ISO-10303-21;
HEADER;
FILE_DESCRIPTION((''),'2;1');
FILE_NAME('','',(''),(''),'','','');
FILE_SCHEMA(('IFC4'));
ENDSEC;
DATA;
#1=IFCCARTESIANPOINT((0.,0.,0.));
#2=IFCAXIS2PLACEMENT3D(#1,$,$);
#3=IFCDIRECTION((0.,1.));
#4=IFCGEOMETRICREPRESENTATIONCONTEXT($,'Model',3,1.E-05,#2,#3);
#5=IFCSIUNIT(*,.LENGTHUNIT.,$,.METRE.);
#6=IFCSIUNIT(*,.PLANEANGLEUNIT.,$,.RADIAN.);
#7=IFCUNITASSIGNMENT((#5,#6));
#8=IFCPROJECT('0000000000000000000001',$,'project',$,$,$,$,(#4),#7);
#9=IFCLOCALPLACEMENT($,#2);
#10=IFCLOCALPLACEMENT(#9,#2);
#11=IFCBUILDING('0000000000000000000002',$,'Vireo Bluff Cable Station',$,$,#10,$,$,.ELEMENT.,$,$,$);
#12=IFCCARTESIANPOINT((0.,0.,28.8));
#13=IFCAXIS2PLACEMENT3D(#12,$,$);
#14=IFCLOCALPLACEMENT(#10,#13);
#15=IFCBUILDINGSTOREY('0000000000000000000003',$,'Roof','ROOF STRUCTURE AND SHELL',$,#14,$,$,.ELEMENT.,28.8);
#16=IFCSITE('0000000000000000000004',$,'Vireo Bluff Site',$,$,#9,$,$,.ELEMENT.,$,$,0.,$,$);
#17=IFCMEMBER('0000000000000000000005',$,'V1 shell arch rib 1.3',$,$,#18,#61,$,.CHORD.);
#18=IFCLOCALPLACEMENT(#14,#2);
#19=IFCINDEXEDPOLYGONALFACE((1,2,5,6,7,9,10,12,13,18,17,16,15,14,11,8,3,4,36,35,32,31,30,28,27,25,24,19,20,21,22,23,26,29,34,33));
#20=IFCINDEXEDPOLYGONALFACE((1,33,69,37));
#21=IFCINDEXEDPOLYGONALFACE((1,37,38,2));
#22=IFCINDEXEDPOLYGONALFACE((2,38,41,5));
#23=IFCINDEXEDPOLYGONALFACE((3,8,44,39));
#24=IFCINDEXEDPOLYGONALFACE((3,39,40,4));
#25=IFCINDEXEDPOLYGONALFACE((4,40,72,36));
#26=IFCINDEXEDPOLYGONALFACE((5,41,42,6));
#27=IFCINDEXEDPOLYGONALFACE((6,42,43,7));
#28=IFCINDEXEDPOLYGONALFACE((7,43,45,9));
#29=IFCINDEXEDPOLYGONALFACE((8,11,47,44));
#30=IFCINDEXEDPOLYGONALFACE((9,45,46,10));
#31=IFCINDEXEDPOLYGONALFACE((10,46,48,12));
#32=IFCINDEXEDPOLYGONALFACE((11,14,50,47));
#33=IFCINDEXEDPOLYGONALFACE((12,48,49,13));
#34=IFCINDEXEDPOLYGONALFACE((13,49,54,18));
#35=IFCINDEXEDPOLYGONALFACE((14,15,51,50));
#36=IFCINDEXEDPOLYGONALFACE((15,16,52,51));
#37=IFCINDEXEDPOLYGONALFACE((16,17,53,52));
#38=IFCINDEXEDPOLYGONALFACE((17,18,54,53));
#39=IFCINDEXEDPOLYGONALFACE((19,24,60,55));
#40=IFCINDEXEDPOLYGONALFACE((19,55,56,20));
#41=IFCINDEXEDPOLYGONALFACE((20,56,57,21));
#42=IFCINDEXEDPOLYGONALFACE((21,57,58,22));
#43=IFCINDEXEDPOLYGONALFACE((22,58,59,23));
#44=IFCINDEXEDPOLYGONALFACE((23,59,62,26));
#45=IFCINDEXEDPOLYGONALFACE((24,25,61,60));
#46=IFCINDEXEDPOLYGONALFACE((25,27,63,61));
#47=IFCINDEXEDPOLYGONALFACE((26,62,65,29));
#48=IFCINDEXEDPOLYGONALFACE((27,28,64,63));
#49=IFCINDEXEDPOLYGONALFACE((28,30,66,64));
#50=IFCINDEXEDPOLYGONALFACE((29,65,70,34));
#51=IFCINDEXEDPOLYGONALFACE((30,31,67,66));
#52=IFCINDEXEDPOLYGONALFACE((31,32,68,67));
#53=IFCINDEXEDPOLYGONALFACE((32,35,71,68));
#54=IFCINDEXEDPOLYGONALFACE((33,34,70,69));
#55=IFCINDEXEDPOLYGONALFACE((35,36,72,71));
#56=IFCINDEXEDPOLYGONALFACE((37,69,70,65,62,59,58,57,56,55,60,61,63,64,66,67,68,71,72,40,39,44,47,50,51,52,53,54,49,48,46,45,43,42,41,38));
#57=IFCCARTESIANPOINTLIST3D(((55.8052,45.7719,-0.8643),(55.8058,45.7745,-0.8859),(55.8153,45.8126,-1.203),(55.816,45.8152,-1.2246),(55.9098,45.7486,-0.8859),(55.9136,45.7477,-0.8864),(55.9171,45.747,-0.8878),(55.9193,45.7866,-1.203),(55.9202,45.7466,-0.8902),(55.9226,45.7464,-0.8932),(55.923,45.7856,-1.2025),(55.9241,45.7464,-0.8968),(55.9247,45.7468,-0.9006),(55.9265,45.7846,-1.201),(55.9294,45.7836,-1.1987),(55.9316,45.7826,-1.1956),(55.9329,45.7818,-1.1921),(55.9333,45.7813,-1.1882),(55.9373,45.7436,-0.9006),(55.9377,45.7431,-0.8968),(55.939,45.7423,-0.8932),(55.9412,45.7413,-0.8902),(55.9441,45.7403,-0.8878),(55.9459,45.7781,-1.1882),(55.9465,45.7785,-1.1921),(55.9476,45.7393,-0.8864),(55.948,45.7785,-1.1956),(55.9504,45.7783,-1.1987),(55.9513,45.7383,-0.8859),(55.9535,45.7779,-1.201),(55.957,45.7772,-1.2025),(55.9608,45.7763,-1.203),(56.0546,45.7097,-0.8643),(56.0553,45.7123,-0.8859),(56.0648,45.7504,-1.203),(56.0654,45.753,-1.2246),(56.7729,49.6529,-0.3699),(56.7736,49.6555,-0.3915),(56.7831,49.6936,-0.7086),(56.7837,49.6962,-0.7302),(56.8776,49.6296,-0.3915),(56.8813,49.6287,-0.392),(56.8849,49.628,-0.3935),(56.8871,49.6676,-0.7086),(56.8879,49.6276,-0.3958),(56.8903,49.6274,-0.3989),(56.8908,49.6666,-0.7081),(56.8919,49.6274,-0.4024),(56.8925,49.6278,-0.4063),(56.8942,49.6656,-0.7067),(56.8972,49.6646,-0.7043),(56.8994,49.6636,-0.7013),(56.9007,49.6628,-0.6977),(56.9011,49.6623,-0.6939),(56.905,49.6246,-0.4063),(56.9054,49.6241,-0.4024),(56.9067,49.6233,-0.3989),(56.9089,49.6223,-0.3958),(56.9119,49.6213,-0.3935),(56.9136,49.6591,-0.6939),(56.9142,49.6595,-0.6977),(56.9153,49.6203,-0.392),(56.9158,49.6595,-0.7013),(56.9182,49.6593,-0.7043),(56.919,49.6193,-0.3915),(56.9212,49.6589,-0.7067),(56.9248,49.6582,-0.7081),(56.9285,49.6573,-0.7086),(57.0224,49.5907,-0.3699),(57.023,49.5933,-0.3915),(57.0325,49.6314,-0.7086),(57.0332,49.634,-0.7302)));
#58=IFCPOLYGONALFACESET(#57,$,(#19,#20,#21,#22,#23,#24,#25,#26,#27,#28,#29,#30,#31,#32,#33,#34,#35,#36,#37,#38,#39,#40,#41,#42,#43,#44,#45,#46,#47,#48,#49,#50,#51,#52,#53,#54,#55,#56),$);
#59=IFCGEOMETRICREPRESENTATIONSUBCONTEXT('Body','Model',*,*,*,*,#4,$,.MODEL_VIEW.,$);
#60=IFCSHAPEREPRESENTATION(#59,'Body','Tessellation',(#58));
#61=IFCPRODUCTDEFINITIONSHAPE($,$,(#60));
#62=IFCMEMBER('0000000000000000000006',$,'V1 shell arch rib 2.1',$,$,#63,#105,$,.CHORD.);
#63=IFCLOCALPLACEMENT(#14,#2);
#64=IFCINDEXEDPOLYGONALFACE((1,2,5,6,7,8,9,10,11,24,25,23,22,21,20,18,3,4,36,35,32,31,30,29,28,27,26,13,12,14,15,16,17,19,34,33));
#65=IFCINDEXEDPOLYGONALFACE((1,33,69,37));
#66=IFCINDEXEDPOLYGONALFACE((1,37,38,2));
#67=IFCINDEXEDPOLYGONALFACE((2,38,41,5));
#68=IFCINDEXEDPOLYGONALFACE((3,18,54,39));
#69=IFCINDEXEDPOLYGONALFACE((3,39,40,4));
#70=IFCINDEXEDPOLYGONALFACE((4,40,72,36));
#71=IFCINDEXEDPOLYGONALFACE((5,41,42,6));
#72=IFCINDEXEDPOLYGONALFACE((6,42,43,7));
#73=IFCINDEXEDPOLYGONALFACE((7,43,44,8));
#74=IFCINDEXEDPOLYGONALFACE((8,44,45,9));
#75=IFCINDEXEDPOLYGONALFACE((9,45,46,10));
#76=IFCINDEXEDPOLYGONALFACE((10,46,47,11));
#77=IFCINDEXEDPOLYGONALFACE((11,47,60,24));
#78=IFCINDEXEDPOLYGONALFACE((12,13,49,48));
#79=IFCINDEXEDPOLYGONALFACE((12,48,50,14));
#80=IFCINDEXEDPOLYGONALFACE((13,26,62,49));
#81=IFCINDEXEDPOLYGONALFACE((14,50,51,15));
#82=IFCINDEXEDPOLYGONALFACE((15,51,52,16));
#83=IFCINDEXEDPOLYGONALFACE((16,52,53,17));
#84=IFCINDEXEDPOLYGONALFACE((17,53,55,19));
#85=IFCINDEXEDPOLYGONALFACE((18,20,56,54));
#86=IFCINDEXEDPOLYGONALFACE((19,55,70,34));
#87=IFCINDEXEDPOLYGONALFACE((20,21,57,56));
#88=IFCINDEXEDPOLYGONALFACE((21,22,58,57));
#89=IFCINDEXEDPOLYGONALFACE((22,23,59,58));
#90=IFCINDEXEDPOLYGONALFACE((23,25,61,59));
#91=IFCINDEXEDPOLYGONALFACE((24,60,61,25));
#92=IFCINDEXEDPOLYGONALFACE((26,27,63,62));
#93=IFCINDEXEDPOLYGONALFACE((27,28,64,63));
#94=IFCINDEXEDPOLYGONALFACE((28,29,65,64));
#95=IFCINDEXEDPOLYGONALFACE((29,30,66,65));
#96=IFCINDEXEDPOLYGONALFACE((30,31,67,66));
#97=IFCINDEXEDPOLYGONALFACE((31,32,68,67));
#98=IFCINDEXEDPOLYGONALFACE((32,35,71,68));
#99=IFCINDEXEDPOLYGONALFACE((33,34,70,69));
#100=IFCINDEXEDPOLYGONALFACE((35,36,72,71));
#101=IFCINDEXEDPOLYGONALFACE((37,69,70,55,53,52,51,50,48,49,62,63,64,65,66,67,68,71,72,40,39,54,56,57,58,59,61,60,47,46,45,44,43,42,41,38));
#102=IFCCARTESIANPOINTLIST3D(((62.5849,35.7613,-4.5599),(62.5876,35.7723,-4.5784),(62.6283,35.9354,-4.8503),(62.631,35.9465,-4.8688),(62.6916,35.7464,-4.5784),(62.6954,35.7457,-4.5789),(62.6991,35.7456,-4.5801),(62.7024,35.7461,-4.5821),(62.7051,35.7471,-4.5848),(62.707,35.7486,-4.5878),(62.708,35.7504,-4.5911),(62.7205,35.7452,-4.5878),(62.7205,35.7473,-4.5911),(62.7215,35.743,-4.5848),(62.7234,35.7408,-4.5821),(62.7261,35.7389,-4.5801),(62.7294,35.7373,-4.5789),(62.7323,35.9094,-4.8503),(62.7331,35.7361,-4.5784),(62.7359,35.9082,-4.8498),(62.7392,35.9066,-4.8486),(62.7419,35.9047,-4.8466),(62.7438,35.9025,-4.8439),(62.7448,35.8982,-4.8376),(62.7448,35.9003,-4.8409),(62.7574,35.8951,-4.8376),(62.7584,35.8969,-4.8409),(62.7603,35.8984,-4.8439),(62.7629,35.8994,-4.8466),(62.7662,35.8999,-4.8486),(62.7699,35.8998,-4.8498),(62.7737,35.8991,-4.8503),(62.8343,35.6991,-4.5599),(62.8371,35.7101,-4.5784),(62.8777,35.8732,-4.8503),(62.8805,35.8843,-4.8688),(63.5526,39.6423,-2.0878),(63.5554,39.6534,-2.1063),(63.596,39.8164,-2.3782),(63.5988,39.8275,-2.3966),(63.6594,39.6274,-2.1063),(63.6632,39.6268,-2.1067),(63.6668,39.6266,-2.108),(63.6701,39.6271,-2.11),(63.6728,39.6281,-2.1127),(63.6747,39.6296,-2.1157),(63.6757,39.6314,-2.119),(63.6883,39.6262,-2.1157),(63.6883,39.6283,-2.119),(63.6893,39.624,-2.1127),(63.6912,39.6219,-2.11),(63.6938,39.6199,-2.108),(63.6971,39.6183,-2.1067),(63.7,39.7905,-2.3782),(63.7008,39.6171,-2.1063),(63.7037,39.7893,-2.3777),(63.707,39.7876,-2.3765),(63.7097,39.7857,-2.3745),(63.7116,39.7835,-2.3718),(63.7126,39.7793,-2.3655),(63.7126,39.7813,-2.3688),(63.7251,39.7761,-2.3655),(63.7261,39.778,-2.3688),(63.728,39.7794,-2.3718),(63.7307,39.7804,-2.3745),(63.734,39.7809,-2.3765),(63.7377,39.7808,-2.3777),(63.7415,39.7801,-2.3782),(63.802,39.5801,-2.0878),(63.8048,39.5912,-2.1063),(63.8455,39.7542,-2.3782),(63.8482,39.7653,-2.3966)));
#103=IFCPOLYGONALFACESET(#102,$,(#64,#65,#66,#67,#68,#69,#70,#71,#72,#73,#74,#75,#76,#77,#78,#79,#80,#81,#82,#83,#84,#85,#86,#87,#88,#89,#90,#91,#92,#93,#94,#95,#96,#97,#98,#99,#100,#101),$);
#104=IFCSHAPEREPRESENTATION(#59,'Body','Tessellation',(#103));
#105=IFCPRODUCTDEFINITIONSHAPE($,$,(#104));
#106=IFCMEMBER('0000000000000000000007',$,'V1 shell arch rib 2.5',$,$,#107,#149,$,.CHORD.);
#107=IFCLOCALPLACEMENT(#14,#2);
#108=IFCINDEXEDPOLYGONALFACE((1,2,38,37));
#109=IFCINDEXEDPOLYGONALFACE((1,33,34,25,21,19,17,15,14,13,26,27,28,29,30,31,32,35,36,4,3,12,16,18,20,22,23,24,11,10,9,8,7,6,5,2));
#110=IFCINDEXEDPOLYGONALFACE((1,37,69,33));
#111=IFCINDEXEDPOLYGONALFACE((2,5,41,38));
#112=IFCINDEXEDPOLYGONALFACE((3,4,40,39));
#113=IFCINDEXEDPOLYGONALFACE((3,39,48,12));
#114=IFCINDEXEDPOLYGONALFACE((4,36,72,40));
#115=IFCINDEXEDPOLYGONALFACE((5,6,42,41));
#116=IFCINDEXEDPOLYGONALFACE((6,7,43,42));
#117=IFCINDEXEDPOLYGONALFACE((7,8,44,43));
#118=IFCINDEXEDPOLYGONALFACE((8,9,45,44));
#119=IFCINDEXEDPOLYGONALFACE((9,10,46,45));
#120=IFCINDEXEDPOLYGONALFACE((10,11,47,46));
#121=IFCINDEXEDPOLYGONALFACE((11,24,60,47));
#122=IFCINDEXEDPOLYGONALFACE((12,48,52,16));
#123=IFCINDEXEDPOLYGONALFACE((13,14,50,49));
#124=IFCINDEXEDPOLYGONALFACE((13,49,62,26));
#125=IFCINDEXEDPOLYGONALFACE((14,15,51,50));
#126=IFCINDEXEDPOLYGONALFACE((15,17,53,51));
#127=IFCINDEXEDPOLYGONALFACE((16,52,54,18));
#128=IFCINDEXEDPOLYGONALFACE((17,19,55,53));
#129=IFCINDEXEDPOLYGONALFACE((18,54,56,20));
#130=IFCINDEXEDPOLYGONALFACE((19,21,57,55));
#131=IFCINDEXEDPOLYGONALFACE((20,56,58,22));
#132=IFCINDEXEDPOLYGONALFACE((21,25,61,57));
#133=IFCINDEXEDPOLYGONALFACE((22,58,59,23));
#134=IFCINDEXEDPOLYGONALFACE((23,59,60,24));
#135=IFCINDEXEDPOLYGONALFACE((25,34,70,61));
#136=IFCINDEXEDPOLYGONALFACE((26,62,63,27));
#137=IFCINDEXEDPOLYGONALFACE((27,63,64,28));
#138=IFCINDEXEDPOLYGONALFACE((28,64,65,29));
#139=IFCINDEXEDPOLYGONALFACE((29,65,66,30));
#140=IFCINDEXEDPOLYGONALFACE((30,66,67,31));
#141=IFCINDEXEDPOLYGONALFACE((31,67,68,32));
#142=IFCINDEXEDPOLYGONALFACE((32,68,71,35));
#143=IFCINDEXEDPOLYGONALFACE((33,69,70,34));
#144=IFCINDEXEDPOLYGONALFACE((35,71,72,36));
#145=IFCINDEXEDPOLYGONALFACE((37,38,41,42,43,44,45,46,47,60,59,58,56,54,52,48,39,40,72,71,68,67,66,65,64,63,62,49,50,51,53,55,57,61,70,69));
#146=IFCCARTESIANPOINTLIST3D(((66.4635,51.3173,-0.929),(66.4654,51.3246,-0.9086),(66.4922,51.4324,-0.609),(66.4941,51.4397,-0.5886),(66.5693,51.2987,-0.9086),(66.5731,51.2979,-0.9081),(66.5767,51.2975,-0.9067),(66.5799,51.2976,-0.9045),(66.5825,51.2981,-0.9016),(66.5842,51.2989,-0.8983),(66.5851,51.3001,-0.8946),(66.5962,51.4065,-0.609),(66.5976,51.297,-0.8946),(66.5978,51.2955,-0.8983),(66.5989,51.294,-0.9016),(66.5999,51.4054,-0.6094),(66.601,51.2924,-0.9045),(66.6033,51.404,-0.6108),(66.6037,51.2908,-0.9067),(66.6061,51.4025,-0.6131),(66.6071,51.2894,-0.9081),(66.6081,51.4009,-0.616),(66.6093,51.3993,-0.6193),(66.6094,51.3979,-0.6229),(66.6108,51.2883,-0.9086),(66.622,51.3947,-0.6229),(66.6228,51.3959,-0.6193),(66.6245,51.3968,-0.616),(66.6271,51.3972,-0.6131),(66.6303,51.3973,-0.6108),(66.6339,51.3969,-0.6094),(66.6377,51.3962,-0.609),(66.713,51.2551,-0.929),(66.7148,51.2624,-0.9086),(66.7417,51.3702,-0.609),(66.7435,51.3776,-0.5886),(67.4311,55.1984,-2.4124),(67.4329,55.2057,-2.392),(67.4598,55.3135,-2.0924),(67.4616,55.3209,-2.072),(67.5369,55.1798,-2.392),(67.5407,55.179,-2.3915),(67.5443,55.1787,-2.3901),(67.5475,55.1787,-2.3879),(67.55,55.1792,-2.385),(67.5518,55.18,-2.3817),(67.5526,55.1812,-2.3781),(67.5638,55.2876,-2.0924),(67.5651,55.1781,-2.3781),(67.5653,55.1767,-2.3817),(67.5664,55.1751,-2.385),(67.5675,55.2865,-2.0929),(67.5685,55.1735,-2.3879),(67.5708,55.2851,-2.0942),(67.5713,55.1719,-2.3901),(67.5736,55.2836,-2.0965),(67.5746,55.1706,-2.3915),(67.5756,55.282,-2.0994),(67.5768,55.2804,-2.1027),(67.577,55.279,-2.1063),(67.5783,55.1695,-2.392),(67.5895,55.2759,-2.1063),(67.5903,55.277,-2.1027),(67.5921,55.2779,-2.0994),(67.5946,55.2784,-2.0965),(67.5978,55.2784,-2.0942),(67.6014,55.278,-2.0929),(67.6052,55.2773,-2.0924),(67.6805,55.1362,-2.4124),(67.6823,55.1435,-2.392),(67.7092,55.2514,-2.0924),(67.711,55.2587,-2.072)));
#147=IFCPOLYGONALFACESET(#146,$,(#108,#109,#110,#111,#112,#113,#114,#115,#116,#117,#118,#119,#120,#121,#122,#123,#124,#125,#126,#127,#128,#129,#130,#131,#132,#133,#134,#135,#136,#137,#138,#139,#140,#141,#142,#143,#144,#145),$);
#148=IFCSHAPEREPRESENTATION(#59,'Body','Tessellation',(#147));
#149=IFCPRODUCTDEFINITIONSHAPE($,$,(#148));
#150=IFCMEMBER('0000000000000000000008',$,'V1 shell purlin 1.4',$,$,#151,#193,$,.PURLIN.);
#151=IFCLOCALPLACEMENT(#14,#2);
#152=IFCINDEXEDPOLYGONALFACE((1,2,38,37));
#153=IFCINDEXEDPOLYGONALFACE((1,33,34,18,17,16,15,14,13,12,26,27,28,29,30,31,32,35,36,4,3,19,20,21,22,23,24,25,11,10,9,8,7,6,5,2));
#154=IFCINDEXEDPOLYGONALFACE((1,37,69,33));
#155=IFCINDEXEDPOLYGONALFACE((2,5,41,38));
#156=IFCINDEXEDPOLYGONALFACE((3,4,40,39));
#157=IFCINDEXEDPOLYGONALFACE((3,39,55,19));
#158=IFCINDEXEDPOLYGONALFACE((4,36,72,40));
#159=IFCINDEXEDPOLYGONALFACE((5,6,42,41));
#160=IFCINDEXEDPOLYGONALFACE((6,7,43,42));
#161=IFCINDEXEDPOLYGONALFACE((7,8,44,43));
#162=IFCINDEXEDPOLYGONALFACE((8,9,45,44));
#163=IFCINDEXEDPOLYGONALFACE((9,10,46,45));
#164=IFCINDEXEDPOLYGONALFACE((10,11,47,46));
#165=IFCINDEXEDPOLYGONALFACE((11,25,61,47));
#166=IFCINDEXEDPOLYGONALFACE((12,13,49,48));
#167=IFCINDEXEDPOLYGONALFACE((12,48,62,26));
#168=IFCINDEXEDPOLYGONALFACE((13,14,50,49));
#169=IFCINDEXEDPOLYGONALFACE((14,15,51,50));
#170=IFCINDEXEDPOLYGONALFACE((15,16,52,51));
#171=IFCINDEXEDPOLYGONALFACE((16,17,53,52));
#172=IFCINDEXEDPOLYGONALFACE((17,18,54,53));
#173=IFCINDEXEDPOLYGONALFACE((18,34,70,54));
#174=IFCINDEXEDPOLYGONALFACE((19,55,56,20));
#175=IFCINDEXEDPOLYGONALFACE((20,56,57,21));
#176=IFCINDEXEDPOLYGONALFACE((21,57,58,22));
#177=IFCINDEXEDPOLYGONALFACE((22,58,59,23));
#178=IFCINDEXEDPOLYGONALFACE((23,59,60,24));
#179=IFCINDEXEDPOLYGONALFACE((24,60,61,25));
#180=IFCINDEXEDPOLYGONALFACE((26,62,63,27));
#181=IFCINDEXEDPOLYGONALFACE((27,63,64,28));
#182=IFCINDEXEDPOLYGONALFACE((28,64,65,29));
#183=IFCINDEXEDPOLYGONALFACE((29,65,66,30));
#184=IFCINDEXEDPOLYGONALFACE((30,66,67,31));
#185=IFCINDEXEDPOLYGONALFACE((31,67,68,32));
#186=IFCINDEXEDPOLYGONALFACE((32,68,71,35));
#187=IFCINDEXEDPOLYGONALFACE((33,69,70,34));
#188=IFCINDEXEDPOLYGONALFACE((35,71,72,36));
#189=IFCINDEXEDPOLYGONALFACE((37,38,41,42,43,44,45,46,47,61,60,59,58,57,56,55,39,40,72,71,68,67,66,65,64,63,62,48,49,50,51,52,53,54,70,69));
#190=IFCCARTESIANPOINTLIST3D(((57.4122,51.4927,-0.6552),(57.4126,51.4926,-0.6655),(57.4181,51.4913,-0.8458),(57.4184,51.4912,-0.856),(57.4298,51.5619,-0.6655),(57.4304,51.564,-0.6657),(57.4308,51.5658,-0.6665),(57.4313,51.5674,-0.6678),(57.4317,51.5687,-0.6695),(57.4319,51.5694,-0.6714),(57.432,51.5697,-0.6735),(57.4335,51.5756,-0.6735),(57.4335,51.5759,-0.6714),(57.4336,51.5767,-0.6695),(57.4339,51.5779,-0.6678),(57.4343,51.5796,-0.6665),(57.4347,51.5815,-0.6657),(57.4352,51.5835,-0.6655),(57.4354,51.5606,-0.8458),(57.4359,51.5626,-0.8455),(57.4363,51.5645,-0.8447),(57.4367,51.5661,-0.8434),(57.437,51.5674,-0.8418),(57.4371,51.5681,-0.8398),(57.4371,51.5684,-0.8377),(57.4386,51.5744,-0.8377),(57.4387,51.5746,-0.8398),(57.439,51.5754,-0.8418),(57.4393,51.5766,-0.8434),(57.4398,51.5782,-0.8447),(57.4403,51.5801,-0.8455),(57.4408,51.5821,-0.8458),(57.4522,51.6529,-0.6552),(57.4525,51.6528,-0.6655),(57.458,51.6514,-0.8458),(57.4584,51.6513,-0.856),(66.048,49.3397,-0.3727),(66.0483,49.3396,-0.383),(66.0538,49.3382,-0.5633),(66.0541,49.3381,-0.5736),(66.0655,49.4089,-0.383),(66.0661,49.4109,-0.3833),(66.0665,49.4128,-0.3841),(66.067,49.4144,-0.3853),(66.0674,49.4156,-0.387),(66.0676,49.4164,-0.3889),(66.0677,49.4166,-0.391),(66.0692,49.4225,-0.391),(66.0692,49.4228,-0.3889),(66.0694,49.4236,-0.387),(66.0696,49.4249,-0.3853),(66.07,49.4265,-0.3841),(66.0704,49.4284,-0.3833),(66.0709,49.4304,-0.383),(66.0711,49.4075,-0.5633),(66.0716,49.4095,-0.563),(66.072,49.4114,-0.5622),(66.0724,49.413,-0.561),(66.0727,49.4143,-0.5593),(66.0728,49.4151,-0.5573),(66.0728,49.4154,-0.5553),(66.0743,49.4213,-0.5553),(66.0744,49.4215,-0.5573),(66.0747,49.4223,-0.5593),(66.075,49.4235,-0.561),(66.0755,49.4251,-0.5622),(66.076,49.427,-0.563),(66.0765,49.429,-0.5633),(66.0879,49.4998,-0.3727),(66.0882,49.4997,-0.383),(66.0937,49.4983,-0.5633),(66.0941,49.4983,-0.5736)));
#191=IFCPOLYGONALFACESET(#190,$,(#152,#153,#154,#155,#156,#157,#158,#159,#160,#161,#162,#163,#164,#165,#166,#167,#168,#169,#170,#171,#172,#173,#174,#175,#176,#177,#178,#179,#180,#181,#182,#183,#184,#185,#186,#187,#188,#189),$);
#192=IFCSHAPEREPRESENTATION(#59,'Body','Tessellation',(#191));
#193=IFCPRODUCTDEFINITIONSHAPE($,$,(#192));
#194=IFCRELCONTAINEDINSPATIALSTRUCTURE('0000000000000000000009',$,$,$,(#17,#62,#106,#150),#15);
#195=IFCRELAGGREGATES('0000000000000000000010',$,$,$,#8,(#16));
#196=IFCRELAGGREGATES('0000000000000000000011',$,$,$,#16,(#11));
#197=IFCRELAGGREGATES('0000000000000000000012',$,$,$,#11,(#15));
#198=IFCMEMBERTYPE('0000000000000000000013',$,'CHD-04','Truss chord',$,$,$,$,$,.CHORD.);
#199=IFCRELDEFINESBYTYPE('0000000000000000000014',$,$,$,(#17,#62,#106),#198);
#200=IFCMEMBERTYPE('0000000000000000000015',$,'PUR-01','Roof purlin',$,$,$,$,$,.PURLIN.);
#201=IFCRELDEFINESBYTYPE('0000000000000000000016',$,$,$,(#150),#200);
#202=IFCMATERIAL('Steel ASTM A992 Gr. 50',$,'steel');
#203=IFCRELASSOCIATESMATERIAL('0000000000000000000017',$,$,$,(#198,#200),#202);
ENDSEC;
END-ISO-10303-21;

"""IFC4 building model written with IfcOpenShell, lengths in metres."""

from ifc_helpers import new_model, si_unit, direction, frame, origin, origin_2d, place, context, subcontext, project, spatial, i_section, extrude, material, material_profile, profile_set, type_object, element, save


model = new_model("IFC4")

# Units and contexts
model_context = context("Model", 3, precision=1e-05, world=origin(), true_north=direction((0.0, 1.0)))
body_context = subcontext(model_context, "Body", "Model", "MODEL_VIEW")
ifc_project = project(units=[si_unit("LENGTHUNIT", "METRE"), si_unit("PLANEANGLEUNIT", "RADIAN")], contexts=[model_context])

# Site, building, storey
site_placement = place(None, origin())
site = spatial("IfcSite", under=ifc_project, at=site_placement, Name="Vireo Bluff Site", CompositionType="ELEMENT", RefElevation=0.0)
building_placement = place(site_placement, origin())
building = spatial("IfcBuilding", under=site, at=building_placement, Name="Vireo Bluff Cable Station", CompositionType="ELEMENT")
storey_placement = place(building_placement, frame((0.0, 0.0, 28.8)))
storey = spatial("IfcBuildingStorey", under=building, at=storey_placement, Name="Roof", Description="ROOF STRUCTURE AND SHELL", CompositionType="ELEMENT", Elevation=28.8)

# Members
ifc_material_1 = material(Name="Steel ASTM A992 Gr. 50", Category="steel")
ifc_material_profile_1 = material_profile(ifc_material_1, i_section(OverallWidth=0.2571, OverallDepth=0.363, WebThickness=0.0129, FlangeThickness=0.0217, FilletRadius=0.0149, at=origin_2d()), Name="W14X82")
ifc_profile_set_1 = profile_set([ifc_material_profile_1], Name="Steel ASTM A992 Gr. 50")
member_type_1 = type_object("IfcMemberType", Name="CHD-04", Description="Truss chord", PredefinedType="CHORD", material=ifc_profile_set_1)
member_1_placement = place(storey_placement, frame((55.9353, 45.7625, -1.0444), z_axis=(0.24012, 0.962962, 0.122665), x_axis=(-0.97029, 0.241947, 0.0)))
element("IfcMember", 1, at=member_1_placement, inside=storey, type_object=member_type_1, Name="V1 shell arch rib 1.3", PredefinedType="CHORD", context=body_context, shape_type="SweptSolid", body=[
    extrude(i_section(OverallWidth=0.2571, OverallDepth=0.363, WebThickness=0.0129, FlangeThickness=0.0217, FilletRadius=0.0149, at=origin_2d()), origin(), (0.0, 0.0, 1.0), 4.0303),
])
member_2_placement = place(storey_placement, frame((62.7327, 35.8228, -4.7144), z_axis=(0.205811, 0.825371, 0.525741), x_axis=(-0.97029, 0.241947, 0.0)))
element("IfcMember", 2, at=member_2_placement, inside=storey, type_object=member_type_1, Name="V1 shell arch rib 2.1", PredefinedType="CHORD", context=body_context, shape_type="SweptSolid", body=[
    extrude(i_section(OverallWidth=0.2571, OverallDepth=0.363, WebThickness=0.0129, FlangeThickness=0.0217, FilletRadius=0.0149, at=origin_2d()), origin(), (0.0, 0.0, 1.0), 4.7021),
])
member_3_placement = place(storey_placement, frame((66.6035, 51.3474, -0.7588), z_axis=(0.226795, 0.909756, -0.347718), x_axis=(-0.970304, 0.241889, 0.0)))
element("IfcMember", 3, at=member_3_placement, inside=storey, type_object=member_type_1, Name="V1 shell arch rib 2.5", PredefinedType="CHORD", context=body_context, shape_type="SweptSolid", body=[
    extrude(i_section(OverallWidth=0.2571, OverallDepth=0.363, WebThickness=0.0129, FlangeThickness=0.0217, FilletRadius=0.0149, at=origin_2d()), origin(), (0.0, 0.0, 1.0), 4.2661),
])
ifc_material_profile_2 = material_profile(ifc_material_1, i_section(OverallWidth=0.165, OverallDepth=0.2009, WebThickness=0.0061, FlangeThickness=0.0103, FilletRadius=0.0081, at=origin_2d()), Name="W8X24")
ifc_profile_set_2 = profile_set([ifc_material_profile_2], Name="Steel ASTM A992 Gr. 50")
member_type_2 = type_object("IfcMemberType", Name="PUR-01", Description="Roof purlin", PredefinedType="PURLIN", material=ifc_profile_set_2)
for number, where, z_axis, x_axis, name in (
    (4, (57.4353, 51.572, -0.7556), (0.969809, -0.241794, 0.031722), (0.241916, 0.970297, 0.0), "V1 shell purlin 1.4"),
):
    element("IfcMember", number, at=place(storey_placement, frame(where, z_axis=z_axis, x_axis=x_axis)), inside=storey, type_object=member_type_2, Name=name, PredefinedType="PURLIN", context=body_context, shape_type="SweptSolid", body=[
        extrude(i_section(OverallWidth=0.165, OverallDepth=0.2009, WebThickness=0.0061, FlangeThickness=0.0103, FilletRadius=0.0081, at=origin_2d()), origin(), (0.0, 0.0, 1.0), 8.9045),
    ])

save(model, "model.ifc")
